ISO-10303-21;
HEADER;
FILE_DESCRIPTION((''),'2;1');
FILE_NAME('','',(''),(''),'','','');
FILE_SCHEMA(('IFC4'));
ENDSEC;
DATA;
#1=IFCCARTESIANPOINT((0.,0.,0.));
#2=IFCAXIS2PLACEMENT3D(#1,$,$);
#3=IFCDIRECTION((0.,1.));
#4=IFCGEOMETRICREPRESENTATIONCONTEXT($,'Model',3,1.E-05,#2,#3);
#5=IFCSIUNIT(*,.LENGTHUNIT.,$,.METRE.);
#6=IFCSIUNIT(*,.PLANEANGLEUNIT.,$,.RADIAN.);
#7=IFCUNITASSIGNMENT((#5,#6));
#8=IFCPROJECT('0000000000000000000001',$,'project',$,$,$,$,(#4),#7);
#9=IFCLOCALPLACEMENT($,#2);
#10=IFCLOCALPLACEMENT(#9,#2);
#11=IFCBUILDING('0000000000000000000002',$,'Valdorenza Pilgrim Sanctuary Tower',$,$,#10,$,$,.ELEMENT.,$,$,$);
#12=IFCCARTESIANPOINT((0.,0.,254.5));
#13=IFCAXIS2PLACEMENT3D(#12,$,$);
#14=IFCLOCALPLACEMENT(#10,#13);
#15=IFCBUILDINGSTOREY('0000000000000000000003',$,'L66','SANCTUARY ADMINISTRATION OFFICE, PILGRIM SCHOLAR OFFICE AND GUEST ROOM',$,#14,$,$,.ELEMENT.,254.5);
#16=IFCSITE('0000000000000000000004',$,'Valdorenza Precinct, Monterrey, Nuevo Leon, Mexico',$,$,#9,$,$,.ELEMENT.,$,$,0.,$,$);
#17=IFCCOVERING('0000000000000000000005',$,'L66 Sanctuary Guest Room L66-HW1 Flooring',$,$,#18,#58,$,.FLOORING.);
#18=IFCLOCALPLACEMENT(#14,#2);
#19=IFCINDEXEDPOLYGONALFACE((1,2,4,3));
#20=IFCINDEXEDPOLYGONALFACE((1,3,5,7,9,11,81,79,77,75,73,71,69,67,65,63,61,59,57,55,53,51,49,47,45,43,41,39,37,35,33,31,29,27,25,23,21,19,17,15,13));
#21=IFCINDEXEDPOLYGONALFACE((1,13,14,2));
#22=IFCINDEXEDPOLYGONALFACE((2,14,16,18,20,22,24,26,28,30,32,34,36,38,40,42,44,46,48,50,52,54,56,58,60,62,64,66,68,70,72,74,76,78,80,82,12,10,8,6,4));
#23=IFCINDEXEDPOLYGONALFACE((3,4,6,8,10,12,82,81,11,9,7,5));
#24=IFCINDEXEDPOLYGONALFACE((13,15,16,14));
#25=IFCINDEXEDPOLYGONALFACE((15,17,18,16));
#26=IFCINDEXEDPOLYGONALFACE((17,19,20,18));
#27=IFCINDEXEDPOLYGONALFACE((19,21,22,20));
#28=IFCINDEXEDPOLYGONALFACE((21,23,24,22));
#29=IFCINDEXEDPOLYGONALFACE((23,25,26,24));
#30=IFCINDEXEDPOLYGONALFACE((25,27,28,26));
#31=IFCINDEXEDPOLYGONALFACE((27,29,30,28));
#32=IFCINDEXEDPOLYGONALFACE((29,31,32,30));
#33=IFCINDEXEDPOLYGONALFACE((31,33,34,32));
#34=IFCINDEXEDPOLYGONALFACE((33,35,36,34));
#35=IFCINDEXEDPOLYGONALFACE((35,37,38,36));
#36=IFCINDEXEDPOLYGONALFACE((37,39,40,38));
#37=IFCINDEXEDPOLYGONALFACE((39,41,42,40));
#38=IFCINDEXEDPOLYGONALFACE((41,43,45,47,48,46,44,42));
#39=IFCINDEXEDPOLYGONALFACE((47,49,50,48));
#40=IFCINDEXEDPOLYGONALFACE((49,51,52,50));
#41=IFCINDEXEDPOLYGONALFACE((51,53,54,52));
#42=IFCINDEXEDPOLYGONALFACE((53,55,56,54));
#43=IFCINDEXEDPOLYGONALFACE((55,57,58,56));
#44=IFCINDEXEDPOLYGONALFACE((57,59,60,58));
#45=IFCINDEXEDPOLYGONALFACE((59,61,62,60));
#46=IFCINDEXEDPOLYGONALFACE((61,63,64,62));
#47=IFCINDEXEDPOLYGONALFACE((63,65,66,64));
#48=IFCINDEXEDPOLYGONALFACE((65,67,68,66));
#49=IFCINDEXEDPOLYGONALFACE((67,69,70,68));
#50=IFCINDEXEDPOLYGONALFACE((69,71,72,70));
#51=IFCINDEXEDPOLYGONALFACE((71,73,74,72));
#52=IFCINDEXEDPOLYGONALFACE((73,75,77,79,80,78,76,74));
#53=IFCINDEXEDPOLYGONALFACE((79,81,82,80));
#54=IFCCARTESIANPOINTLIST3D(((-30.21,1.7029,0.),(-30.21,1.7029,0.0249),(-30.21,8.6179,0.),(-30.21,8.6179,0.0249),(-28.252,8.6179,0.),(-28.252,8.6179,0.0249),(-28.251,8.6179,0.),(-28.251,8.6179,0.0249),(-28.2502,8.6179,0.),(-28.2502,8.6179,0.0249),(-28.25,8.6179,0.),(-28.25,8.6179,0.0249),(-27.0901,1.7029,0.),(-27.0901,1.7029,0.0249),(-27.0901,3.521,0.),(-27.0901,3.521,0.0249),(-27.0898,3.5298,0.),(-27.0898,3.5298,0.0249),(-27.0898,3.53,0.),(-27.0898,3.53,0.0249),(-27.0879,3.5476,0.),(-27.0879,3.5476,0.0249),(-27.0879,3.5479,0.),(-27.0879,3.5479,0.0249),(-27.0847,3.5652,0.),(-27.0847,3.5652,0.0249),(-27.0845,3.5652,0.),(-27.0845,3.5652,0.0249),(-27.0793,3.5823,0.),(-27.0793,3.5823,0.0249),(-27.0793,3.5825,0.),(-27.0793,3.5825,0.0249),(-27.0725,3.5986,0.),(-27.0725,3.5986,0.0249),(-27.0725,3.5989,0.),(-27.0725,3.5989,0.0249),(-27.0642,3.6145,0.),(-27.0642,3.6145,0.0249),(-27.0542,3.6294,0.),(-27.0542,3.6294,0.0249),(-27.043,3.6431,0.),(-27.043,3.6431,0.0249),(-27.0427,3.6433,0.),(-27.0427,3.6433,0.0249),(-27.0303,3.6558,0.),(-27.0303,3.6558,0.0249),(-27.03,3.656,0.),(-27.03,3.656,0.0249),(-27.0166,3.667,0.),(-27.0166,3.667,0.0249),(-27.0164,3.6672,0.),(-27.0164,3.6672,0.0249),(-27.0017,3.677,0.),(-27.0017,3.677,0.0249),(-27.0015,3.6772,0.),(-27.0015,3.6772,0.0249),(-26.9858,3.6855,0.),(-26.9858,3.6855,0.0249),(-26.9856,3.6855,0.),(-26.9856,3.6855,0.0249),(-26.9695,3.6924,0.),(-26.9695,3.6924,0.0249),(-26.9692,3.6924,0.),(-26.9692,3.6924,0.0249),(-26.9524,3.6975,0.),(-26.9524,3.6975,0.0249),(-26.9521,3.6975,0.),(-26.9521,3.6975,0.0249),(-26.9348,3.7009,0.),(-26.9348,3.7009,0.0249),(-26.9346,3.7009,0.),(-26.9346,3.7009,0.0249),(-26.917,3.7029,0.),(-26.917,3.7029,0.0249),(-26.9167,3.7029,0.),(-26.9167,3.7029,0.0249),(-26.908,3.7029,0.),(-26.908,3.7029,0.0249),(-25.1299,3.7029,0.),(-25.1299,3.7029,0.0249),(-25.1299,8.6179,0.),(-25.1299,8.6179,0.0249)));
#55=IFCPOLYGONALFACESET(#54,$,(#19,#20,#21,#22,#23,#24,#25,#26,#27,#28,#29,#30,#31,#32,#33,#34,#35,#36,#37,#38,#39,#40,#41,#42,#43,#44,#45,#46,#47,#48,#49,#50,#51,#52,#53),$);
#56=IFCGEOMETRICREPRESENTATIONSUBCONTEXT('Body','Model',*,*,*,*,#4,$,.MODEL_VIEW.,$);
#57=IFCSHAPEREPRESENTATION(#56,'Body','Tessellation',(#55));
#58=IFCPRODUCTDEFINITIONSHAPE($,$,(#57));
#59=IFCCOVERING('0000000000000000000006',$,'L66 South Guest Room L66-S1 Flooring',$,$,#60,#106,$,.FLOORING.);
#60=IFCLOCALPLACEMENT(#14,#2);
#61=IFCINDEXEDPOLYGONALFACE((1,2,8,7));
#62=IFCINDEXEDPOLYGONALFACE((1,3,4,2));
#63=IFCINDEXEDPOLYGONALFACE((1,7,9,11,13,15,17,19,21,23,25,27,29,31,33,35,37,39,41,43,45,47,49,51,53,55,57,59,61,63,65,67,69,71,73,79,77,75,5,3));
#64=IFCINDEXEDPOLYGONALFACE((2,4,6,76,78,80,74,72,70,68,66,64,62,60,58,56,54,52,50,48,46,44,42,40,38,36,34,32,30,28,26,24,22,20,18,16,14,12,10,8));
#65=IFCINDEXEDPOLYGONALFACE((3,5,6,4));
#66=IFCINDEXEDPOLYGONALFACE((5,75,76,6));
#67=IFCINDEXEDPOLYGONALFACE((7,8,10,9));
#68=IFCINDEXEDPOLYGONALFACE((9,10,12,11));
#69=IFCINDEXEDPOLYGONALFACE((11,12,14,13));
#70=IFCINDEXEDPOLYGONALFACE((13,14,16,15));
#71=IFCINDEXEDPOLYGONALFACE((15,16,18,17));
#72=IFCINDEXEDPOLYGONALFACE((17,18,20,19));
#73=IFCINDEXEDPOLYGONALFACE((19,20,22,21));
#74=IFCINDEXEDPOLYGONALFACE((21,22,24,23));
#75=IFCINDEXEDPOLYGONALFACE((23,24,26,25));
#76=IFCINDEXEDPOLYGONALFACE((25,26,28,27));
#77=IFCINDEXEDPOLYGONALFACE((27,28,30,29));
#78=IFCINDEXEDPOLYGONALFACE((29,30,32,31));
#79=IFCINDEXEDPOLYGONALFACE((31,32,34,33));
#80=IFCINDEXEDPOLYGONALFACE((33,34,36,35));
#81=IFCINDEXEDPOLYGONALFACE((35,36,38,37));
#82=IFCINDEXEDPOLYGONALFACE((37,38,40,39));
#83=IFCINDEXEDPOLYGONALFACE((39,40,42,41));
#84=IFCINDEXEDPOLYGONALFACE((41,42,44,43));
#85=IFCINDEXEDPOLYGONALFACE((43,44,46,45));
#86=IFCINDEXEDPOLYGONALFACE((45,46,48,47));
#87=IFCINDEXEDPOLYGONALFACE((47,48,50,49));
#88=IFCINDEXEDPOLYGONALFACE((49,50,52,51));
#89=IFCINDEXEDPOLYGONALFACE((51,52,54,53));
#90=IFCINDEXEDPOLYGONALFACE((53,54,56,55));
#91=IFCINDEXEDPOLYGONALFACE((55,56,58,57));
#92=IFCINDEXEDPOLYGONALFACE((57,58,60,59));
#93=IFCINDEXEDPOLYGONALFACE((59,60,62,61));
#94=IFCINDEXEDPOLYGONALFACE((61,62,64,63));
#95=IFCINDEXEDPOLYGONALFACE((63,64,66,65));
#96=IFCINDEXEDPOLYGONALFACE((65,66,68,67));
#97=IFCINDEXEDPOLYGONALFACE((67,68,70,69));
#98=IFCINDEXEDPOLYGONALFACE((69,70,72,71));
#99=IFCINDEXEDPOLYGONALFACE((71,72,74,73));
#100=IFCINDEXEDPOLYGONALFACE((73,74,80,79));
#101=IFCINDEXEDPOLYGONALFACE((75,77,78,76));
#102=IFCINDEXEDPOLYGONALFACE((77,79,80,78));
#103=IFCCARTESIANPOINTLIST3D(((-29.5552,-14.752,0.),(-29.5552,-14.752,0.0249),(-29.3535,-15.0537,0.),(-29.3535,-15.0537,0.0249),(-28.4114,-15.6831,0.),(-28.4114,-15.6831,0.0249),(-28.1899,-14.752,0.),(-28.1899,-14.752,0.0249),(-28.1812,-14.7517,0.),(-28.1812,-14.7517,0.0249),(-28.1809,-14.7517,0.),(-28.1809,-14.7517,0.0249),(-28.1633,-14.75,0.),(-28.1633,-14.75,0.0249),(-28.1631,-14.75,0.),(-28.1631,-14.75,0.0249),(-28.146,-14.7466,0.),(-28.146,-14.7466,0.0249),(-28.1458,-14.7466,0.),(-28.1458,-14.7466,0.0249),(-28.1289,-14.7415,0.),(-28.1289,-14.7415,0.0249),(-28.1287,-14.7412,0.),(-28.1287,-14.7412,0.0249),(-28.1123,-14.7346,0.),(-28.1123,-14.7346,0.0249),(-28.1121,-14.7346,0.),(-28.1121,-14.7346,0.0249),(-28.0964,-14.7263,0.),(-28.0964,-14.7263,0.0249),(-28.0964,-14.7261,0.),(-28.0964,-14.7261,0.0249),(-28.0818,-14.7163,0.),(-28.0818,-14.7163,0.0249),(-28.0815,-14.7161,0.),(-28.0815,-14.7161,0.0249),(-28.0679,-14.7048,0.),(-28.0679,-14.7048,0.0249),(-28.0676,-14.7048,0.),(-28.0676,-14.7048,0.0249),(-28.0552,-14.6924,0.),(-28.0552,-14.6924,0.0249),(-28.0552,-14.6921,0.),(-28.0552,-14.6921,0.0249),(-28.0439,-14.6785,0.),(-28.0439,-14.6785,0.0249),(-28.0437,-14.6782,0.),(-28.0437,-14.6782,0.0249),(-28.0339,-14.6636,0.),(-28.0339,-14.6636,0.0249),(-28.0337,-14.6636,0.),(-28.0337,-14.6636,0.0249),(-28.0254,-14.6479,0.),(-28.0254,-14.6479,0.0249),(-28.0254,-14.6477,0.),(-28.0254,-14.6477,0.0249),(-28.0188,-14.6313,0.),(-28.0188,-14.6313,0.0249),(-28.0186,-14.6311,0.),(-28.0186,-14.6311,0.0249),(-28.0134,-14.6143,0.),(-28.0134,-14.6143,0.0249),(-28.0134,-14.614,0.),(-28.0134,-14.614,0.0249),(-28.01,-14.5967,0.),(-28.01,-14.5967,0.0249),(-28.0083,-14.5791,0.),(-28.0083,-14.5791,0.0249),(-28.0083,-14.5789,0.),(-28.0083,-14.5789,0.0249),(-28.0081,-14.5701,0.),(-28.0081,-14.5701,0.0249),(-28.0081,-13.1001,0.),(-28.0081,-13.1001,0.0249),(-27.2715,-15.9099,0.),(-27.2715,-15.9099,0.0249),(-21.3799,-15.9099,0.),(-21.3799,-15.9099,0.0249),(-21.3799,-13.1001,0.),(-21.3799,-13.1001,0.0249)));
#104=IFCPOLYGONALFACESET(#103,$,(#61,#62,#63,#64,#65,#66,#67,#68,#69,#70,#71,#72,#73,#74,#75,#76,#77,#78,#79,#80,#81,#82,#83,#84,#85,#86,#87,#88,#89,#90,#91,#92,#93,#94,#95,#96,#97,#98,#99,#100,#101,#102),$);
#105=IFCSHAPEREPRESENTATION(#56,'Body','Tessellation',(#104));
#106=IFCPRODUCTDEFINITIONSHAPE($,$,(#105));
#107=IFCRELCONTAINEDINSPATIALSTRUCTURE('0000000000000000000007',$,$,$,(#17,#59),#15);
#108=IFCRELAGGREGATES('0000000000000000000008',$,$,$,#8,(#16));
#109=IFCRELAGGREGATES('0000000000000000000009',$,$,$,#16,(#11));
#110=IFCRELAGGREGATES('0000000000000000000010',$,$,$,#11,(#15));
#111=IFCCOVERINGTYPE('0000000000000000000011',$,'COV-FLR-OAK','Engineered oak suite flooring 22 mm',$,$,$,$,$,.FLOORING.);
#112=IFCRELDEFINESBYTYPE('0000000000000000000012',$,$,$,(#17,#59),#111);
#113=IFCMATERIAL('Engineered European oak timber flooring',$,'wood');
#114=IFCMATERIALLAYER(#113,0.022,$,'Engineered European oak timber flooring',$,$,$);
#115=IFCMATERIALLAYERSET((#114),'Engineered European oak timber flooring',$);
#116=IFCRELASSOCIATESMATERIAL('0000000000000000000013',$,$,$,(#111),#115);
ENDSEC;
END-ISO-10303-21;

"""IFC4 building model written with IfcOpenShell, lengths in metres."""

from ifc_helpers import new_model, si_unit, direction, frame, origin, place, context, subcontext, project, spatial, polyline, outline, extrude, material, layer, layer_set, type_object, element, save


model = new_model("IFC4")

# Units and contexts
model_context = context("Model", 3, precision=1e-05, world=origin(), true_north=direction((0.0, 1.0)))
body_context = subcontext(model_context, "Body", "Model", "MODEL_VIEW")
ifc_project = project(units=[si_unit("LENGTHUNIT", "METRE"), si_unit("PLANEANGLEUNIT", "RADIAN")], contexts=[model_context])

# Site, building, storey
site_placement = place(None, origin())
site = spatial("IfcSite", under=ifc_project, at=site_placement, Name="Valdorenza Precinct, Monterrey, Nuevo Leon, Mexico", CompositionType="ELEMENT", RefElevation=0.0)
building_placement = place(site_placement, origin())
building = spatial("IfcBuilding", under=site, at=building_placement, Name="Valdorenza Pilgrim Sanctuary Tower", CompositionType="ELEMENT")
storey_placement = place(building_placement, frame((0.0, 0.0, 254.5)))
storey = spatial("IfcBuildingStorey", under=building, at=storey_placement, Name="L66", Description="SANCTUARY ADMINISTRATION OFFICE, PILGRIM SCHOLAR OFFICE AND GUEST ROOM", CompositionType="ELEMENT", Elevation=254.5)

# Coverings
ifc_material_1 = material(Name="Engineered European oak timber flooring", Category="wood")
ifc_layer_1 = layer(ifc_material_1, 0.022, Name="Engineered European oak timber flooring")
ifc_layer_set_1 = layer_set([ifc_layer_1], Name="Engineered European oak timber flooring")
covering_type_1 = type_object("IfcCoveringType", Name="COV-FLR-OAK", Description="Engineered oak suite flooring 22 mm", PredefinedType="FLOORING", material=ifc_layer_set_1)
covering_1_placement = place(storey_placement, origin())
element("IfcCovering", 1, at=covering_1_placement, inside=storey, type_object=covering_type_1, Name="L66 Sanctuary Guest Room L66-HW1 Flooring", PredefinedType="FLOORING", context=body_context, shape_type="SweptSolid", body=[
    extrude(outline(polyline([(-28.2502, 8.6179), (-28.25, 8.6179), (-25.1299, 8.6179), (-25.1299, 3.7029), (-26.908, 3.7029), (-26.9167, 3.7029), (-26.917, 3.7029), (-26.9346, 3.7009), (-26.9348, 3.7009), (-26.9521, 3.6975), (-26.9524, 3.6975), (-26.9692, 3.6924), (-26.9695, 3.6924), (-26.9856, 3.6855), (-26.9858, 3.6855), (-27.0015, 3.6772), (-27.0017, 3.677), (-27.0164, 3.6672), (-27.0166, 3.667), (-27.03, 3.656), (-27.0303, 3.6558), (-27.0427, 3.6433), (-27.043, 3.6431), (-27.0542, 3.6294), (-27.0542, 3.6294), (-27.0642, 3.6145), (-27.0642, 3.6145), (-27.0725, 3.5989), (-27.0725, 3.5986), (-27.0793, 3.5825), (-27.0793, 3.5823), (-27.0845, 3.5652), (-27.0847, 3.5652), (-27.0879, 3.5479), (-27.0879, 3.5476), (-27.0898, 3.53), (-27.0898, 3.5298), (-27.0901, 3.521), (-27.0901, 1.7029), (-30.21, 1.7029), (-30.21, 8.6179), (-28.252, 8.6179), (-28.251, 8.6179), (-28.2502, 8.6179)])), origin(), (0.0, 0.0, 1.0), 0.0249),
])
covering_2_placement = place(storey_placement, origin())
element("IfcCovering", 2, at=covering_2_placement, inside=storey, type_object=covering_type_1, Name="L66 South Guest Room L66-S1 Flooring", PredefinedType="FLOORING", context=body_context, shape_type="SweptSolid", body=[
    extrude(outline(polyline([(-27.2715, -15.9099), (-28.4114, -15.6831), (-29.3535, -15.0537), (-29.5552, -14.752), (-28.1899, -14.752), (-28.1812, -14.7517), (-28.1809, -14.7517), (-28.1633, -14.75), (-28.1631, -14.75), (-28.146, -14.7466), (-28.1458, -14.7466), (-28.1289, -14.7415), (-28.1287, -14.7412), (-28.1123, -14.7346), (-28.1121, -14.7346), (-28.0964, -14.7263), (-28.0964, -14.7261), (-28.0818, -14.7163), (-28.0815, -14.7161), (-28.0679, -14.7048), (-28.0676, -14.7048), (-28.0552, -14.6924), (-28.0552, -14.6921), (-28.0439, -14.6785), (-28.0437, -14.6782), (-28.0339, -14.6636), (-28.0337, -14.6636), (-28.0254, -14.6479), (-28.0254, -14.6477), (-28.0188, -14.6313), (-28.0186, -14.6311), (-28.0134, -14.6143), (-28.0134, -14.614), (-28.01, -14.5967), (-28.01, -14.5967), (-28.0083, -14.5791), (-28.0083, -14.5789), (-28.0081, -14.5701), (-28.0081, -13.1001), (-21.3799, -13.1001), (-21.3799, -15.9099), (-27.2715, -15.9099)])), origin(), (0.0, 0.0, 1.0), 0.0249),
])

save(model, "model.ifc")
